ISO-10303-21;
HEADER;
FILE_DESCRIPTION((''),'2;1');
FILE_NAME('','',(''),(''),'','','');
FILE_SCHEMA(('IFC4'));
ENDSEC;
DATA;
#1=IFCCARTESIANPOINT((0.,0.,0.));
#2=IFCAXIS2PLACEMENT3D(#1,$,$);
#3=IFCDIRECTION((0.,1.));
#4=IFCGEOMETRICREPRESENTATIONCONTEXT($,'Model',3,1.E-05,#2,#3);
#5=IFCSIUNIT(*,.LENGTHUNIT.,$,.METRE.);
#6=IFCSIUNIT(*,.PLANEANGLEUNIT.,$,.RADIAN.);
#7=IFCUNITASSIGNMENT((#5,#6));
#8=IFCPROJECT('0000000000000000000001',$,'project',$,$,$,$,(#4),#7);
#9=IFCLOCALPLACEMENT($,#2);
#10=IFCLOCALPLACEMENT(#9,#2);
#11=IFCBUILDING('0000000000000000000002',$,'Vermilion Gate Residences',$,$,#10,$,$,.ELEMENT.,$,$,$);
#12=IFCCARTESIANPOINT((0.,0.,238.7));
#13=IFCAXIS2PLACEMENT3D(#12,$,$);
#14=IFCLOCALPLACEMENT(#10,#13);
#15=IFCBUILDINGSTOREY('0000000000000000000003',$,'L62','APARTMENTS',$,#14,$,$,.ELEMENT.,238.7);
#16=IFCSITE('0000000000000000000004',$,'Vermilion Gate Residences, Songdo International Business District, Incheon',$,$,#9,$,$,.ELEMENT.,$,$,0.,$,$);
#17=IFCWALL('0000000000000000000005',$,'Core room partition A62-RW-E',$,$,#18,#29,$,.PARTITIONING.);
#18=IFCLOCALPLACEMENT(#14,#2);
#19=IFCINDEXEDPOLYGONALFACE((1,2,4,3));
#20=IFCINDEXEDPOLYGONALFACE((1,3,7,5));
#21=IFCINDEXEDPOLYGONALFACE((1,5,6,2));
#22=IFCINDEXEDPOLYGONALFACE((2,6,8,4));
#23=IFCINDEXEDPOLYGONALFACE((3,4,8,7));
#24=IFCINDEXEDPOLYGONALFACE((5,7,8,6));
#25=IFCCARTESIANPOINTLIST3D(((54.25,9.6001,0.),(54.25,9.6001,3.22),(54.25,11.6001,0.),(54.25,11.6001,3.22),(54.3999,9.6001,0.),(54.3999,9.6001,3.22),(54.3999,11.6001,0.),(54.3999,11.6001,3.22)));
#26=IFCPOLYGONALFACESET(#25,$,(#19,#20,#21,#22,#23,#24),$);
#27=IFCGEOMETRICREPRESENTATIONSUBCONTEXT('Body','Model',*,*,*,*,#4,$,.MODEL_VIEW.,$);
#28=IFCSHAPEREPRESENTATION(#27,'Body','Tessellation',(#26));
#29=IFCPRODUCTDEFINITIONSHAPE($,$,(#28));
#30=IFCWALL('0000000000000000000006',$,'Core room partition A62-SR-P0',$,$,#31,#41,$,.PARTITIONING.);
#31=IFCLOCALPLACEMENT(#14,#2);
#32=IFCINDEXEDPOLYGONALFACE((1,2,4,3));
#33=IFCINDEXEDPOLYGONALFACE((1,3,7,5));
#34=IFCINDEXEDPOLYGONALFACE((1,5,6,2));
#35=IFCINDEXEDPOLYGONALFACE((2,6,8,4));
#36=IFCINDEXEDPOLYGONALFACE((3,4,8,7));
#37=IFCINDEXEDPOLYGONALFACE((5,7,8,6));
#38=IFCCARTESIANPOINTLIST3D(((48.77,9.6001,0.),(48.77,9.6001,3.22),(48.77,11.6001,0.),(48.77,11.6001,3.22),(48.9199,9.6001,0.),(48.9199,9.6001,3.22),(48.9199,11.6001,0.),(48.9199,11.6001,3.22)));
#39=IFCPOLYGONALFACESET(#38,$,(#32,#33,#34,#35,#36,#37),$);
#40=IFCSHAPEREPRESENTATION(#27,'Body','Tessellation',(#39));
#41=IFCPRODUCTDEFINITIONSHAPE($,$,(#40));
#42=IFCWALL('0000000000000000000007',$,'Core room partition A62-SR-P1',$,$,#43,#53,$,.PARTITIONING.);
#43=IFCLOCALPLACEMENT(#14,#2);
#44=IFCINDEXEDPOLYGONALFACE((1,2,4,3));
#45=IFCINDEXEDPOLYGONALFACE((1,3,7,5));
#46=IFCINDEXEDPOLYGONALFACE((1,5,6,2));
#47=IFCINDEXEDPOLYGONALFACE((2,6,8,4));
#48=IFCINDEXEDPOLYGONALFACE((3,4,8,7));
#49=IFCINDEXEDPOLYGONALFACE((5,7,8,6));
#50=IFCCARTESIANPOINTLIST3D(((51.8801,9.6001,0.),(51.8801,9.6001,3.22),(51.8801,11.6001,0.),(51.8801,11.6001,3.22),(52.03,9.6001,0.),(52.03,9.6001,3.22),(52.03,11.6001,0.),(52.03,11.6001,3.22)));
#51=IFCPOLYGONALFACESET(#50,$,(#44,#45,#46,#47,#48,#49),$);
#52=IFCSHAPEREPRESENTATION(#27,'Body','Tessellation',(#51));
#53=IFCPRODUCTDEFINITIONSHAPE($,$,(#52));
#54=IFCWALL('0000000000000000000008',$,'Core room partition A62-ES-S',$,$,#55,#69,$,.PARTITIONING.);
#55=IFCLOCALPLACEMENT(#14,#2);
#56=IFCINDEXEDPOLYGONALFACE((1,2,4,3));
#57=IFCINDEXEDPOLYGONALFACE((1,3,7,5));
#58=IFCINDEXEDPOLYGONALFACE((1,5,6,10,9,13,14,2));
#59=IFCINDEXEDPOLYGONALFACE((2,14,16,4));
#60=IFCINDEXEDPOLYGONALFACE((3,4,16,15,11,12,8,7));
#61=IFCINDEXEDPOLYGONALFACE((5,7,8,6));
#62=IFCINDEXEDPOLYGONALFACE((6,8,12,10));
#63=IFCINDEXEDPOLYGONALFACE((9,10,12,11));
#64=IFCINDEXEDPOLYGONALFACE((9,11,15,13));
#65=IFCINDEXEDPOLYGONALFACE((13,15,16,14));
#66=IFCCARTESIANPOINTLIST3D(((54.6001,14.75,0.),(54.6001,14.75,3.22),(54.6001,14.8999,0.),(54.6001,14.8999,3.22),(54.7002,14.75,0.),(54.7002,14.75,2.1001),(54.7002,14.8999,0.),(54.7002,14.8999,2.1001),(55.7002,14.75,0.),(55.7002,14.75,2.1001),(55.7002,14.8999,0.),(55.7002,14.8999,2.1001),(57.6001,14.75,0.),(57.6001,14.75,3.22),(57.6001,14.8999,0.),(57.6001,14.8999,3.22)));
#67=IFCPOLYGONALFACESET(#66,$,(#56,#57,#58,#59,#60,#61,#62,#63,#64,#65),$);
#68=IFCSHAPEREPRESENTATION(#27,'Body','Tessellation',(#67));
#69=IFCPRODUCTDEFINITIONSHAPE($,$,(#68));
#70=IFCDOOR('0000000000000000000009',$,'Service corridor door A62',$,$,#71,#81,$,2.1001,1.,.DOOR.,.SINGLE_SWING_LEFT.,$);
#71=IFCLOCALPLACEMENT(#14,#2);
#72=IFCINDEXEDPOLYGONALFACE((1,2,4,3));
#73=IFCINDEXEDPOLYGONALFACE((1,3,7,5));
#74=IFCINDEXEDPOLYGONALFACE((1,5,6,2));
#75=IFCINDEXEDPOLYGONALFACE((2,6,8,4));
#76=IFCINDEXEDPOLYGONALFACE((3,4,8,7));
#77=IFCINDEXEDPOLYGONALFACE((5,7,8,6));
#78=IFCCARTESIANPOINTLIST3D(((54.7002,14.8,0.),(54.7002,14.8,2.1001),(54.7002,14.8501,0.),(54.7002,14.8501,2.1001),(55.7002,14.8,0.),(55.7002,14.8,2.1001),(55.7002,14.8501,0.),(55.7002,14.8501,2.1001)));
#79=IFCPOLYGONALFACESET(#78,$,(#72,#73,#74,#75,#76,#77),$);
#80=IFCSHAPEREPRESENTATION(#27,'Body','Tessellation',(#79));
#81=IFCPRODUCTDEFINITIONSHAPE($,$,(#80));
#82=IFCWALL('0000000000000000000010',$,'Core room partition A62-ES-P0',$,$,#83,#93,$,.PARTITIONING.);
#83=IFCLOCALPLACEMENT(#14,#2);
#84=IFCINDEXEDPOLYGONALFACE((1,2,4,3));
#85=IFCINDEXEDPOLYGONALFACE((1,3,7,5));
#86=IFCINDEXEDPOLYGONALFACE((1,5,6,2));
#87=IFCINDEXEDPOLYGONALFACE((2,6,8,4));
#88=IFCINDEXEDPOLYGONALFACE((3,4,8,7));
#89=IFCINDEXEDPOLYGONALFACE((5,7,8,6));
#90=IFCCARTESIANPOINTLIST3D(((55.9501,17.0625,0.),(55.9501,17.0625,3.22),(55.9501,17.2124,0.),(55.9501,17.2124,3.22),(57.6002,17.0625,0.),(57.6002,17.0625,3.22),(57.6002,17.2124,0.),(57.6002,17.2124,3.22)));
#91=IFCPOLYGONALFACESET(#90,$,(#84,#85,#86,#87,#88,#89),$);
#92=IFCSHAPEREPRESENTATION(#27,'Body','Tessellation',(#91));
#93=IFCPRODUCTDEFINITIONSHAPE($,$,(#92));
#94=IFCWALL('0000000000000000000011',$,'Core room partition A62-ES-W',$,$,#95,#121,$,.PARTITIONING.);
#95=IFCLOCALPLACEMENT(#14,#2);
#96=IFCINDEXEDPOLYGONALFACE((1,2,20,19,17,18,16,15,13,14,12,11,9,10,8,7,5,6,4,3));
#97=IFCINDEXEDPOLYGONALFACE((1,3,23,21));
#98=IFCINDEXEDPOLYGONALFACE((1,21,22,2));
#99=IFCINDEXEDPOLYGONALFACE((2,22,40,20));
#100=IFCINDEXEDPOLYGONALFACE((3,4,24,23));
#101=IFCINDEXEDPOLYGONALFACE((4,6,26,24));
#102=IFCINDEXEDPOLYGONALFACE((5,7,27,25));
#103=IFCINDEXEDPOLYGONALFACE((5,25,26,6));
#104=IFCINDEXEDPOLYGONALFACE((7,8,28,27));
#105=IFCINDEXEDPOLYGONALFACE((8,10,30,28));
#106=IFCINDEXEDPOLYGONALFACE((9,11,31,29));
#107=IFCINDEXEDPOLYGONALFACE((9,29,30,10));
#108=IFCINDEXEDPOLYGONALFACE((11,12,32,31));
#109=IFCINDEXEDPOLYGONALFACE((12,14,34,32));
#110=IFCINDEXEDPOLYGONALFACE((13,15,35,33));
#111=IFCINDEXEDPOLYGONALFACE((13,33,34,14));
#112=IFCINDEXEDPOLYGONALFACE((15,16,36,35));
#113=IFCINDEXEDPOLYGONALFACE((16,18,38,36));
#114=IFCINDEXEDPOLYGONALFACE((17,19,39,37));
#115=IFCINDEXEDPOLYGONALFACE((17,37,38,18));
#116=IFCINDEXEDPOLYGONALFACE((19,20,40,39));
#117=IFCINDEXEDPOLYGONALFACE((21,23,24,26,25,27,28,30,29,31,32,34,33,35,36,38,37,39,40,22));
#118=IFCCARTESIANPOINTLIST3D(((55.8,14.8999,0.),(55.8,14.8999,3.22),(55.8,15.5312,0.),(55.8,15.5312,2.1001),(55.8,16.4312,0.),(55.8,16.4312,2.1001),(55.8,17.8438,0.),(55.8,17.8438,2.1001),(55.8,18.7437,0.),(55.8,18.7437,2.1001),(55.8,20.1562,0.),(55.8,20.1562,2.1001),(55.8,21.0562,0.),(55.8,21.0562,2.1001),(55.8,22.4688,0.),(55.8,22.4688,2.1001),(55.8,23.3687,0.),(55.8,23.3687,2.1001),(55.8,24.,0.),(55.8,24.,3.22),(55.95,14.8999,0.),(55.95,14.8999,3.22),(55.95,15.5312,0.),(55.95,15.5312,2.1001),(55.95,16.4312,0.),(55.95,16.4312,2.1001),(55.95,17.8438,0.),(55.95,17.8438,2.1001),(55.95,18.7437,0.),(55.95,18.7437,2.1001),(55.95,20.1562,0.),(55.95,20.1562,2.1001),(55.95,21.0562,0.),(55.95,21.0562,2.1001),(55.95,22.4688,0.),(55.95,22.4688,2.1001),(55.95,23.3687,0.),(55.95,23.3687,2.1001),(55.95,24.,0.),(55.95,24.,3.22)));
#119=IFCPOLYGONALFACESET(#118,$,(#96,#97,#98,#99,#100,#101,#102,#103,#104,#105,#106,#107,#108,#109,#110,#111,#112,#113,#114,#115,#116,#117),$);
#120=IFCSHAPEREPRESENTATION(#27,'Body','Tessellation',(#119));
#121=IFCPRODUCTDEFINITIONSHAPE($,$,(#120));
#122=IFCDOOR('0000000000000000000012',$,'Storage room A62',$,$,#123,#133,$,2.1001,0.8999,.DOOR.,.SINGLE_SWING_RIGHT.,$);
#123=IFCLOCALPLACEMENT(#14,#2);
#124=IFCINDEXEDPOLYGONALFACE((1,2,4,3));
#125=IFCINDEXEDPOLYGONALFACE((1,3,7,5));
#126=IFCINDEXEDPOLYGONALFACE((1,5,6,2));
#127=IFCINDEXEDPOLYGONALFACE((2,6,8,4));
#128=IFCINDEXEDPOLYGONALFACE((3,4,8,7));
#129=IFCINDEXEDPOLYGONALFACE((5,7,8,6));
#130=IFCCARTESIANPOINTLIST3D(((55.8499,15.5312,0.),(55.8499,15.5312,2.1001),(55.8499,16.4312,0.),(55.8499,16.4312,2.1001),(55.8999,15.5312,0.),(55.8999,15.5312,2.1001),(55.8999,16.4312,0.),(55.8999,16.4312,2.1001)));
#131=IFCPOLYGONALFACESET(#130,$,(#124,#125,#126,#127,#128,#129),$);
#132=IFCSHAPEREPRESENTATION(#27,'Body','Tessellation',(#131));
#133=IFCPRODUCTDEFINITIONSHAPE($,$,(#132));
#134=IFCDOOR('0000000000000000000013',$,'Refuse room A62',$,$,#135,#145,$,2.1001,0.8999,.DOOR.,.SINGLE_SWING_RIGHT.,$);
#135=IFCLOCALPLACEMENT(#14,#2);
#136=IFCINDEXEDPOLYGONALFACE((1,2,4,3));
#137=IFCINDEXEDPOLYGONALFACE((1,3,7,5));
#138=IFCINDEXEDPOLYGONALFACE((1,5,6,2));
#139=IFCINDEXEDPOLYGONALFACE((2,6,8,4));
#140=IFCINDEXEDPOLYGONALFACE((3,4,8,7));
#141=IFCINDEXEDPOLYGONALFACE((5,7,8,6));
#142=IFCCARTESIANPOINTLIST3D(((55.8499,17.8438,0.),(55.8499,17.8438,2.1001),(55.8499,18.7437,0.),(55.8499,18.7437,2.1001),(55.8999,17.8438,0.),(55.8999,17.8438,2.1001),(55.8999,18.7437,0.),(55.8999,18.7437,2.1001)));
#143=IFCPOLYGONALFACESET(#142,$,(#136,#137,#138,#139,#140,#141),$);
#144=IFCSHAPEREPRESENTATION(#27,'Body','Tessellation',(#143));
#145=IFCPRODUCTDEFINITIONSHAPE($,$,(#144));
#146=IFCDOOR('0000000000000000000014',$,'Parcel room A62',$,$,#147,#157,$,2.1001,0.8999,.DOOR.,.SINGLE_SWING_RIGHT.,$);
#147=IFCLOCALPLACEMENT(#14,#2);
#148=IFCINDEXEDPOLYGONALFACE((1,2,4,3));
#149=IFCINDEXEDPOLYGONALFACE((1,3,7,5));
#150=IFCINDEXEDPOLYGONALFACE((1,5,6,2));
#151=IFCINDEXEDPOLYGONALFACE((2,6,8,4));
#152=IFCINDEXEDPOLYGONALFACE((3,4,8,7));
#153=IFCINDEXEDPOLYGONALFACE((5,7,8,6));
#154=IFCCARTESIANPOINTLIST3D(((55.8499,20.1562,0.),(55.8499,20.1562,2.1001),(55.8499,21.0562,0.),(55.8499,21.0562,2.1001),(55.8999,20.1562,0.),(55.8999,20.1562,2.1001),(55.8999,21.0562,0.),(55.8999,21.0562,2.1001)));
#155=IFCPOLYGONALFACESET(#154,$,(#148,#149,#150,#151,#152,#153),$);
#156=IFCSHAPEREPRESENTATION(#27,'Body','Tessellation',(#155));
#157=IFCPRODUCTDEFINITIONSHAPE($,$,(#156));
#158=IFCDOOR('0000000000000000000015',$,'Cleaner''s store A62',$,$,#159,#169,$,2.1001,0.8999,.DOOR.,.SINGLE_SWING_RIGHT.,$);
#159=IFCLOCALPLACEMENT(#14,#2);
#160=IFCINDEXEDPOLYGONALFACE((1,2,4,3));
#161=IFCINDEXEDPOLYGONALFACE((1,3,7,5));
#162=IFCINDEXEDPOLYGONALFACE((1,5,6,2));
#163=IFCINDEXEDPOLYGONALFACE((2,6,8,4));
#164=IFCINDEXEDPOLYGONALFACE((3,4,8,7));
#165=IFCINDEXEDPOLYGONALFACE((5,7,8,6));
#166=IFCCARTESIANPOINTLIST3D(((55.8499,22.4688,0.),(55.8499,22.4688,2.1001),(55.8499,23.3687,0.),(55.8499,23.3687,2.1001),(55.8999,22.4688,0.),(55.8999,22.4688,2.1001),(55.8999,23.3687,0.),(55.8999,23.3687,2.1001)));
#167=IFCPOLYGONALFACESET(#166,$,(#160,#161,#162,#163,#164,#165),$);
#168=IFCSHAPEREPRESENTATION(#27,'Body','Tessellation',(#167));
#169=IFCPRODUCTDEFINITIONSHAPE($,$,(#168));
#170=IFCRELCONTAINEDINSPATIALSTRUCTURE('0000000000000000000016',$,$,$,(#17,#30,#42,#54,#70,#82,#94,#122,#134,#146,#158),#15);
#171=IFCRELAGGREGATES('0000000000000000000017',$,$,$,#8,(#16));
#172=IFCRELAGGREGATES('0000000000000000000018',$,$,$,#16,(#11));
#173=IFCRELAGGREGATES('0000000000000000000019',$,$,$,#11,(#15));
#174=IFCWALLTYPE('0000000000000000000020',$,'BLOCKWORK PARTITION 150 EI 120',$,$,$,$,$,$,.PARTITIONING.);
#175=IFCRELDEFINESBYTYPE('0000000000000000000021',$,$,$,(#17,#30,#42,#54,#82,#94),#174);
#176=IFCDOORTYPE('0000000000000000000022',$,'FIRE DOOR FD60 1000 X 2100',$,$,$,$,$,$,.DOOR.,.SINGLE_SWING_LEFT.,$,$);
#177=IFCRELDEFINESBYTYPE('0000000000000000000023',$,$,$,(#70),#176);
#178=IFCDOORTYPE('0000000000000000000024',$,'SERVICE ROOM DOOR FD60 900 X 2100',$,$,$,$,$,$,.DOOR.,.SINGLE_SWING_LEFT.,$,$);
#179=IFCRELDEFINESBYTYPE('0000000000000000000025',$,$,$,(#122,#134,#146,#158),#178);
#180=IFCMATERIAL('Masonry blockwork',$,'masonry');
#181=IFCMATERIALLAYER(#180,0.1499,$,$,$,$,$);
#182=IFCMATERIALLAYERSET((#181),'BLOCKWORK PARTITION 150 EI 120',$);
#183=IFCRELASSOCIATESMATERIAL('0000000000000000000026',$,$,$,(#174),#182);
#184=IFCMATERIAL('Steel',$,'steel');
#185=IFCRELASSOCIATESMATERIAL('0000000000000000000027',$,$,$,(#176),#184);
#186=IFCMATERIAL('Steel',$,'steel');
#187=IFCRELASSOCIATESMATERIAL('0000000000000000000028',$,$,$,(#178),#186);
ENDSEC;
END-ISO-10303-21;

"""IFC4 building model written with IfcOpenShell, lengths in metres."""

from ifc_helpers import new_model, si_unit, direction, frame, frame_2d, origin, place, context, subcontext, project, spatial, rectangle, extrude, material, layer, layer_set, type_object, element, fill, save


model = new_model("IFC4")

# Units and contexts
model_context = context("Model", 3, precision=1e-05, world=origin(), true_north=direction((0.0, 1.0)))
body_context = subcontext(model_context, "Body", "Model", "MODEL_VIEW")
ifc_project = project(units=[si_unit("LENGTHUNIT", "METRE"), si_unit("PLANEANGLEUNIT", "RADIAN")], contexts=[model_context])

# Site, building, storey
site_placement = place(None, origin())
site = spatial("IfcSite", under=ifc_project, at=site_placement, Name="Vermilion Gate Residences, Songdo International Business District, Incheon", CompositionType="ELEMENT", RefElevation=0.0)
building_placement = place(site_placement, origin())
building = spatial("IfcBuilding", under=site, at=building_placement, Name="Vermilion Gate Residences", CompositionType="ELEMENT")
storey_placement = place(building_placement, frame((0.0, 0.0, 238.7)))
storey = spatial("IfcBuildingStorey", under=building, at=storey_placement, Name="L62", Description="APARTMENTS", CompositionType="ELEMENT", Elevation=238.7)

# Walls
ifc_material_1 = material(Name="Masonry blockwork", Category="masonry")
ifc_layer_1 = layer(ifc_material_1, 0.1499)
ifc_layer_set_1 = layer_set([ifc_layer_1], Name="BLOCKWORK PARTITION 150 EI 120")
wall_type_1 = type_object("IfcWallType", Name="BLOCKWORK PARTITION 150 EI 120", PredefinedType="PARTITIONING", material=ifc_layer_set_1)
for number, where, z_axis, x_axis, name in (
    (1, (54.325, 9.6001, 0.0), (0.0, 0.0, 1.0), (0.0, 1.0, 0.0), "Core room partition A62-RW-E"),
    (2, (48.845, 9.6001, 0.0), (0.0, 0.0, 1.0), (0.0, 1.0, 0.0), "Core room partition A62-SR-P0"),
    (3, (51.9551, 9.6001, 0.0), (0.0, 0.0, 1.0), (0.0, 1.0, 0.0), "Core room partition A62-SR-P1"),
):
    element("IfcWall", number, at=place(storey_placement, frame(where, z_axis=z_axis, x_axis=x_axis)), inside=storey, type_object=wall_type_1, Name=name, PredefinedType="PARTITIONING", context=body_context, shape_type="SweptSolid", body=[
        extrude(rectangle(XDim=2.0, YDim=0.1499, at=frame_2d((1.0, 0.0))), origin(), (0.0, 0.0, 1.0), 3.22),
    ])

# Wall, opening, door
wall_1_placement = place(storey_placement, frame((54.6001, 14.825, 0.0), z_axis=(0.0, 0.0, 1.0), x_axis=(1.0, 0.0, 0.0)))
wall_1 = element("IfcWall", 4, at=wall_1_placement, inside=storey, type_object=wall_type_1, Name="Core room partition A62-ES-S", PredefinedType="PARTITIONING", context=body_context, shape_type="SweptSolid", body=[
    extrude(rectangle(XDim=3.0, YDim=0.1499, at=frame_2d((1.5, 0.0))), origin(), (0.0, 0.0, 1.0), 3.22),
])
opening_1_placement = place(wall_1_placement, frame((0.1001, 0.0, 0.0)))
opening_1 = element("IfcOpeningElement", 5, at=opening_1_placement, cuts=wall_1, PredefinedType="OPENING", context=body_context, shape_type="SweptSolid", body=[
    extrude(rectangle(XDim=1.0, YDim=2.1001, at=frame_2d((0.5, 1.05))), frame((0.0, 0.085, 0.0), z_axis=(0.0, -1.0, 0.0), x_axis=(1.0, 0.0, 0.0)), (0.0, 0.0, 1.0), 0.1699),
])
ifc_material_2 = material(Name="Steel", Category="steel")
door_type_1 = type_object("IfcDoorType", Name="FIRE DOOR FD60 1000 X 2100", OperationType="SINGLE_SWING_LEFT", PredefinedType="DOOR", material=ifc_material_2)
door_1_placement = place(opening_1_placement, frame((1.0, 0.0, 0.0), z_axis=(0.0, 0.0, 1.0), x_axis=(-1.0, 0.0, 0.0)))
door_1 = element("IfcDoor", 6, at=door_1_placement, inside=storey, type_object=door_type_1, Name="Service corridor door A62", OperationType="SINGLE_SWING_LEFT", OverallHeight=2.1001, OverallWidth=1.0, PredefinedType="DOOR", context=body_context, shape_type="SweptSolid", body=[
    extrude(rectangle(XDim=1.0, YDim=2.1001, at=frame_2d((0.5, 1.05))), frame((0.0, 0.0249, 0.0), z_axis=(0.0, -1.0, 0.0), x_axis=(1.0, 0.0, 0.0)), (0.0, 0.0, 1.0), 0.05),
])
fill(opening_1, door_1)

# Wall
wall_2_placement = place(storey_placement, frame((55.95, 17.1375, 0.0), z_axis=(0.0, 0.0, 1.0), x_axis=(1.0, 0.0, 0.0)))
element("IfcWall", 7, at=wall_2_placement, inside=storey, type_object=wall_type_1, Name="Core room partition A62-ES-P0", PredefinedType="PARTITIONING", context=body_context, shape_type="SweptSolid", body=[
    extrude(rectangle(XDim=1.6501, YDim=0.1499, at=frame_2d((0.8252, 0.0))), origin(), (0.0, 0.0, 1.0), 3.22),
])

# Wall, openings, doors
wall_3_placement = place(storey_placement, frame((55.875, 14.8999, 0.0), z_axis=(0.0, 0.0, 1.0), x_axis=(0.0, 1.0, 0.0)))
wall_3 = element("IfcWall", 8, at=wall_3_placement, inside=storey, type_object=wall_type_1, Name="Core room partition A62-ES-W", PredefinedType="PARTITIONING", context=body_context, shape_type="SweptSolid", body=[
    extrude(rectangle(XDim=9.1001, YDim=0.1499, at=frame_2d((4.55, 0.0))), origin(), (0.0, 0.0, 1.0), 3.22),
])
opening_2_placement = place(wall_3_placement, frame((0.6313, 0.0, 0.0)))
opening_2 = element("IfcOpeningElement", 9, at=opening_2_placement, cuts=wall_3, PredefinedType="OPENING", context=body_context, shape_type="SweptSolid", body=[
    extrude(rectangle(XDim=0.8999, YDim=2.1001, at=frame_2d((0.45, 1.05))), frame((0.0, 0.085, 0.0), z_axis=(0.0, -1.0, 0.0), x_axis=(1.0, 0.0, 0.0)), (0.0, 0.0, 1.0), 0.1699),
])
opening_3_placement = place(wall_3_placement, frame((2.9438, 0.0, 0.0)))
opening_3 = element("IfcOpeningElement", 10, at=opening_3_placement, cuts=wall_3, PredefinedType="OPENING", context=body_context, shape_type="SweptSolid", body=[
    extrude(rectangle(XDim=0.8999, YDim=2.1001, at=frame_2d((0.45, 1.05))), frame((0.0, 0.085, 0.0), z_axis=(0.0, -1.0, 0.0), x_axis=(1.0, 0.0, 0.0)), (0.0, 0.0, 1.0), 0.1699),
])
opening_4_placement = place(wall_3_placement, frame((5.2563, 0.0, 0.0)))
opening_4 = element("IfcOpeningElement", 11, at=opening_4_placement, cuts=wall_3, PredefinedType="OPENING", context=body_context, shape_type="SweptSolid", body=[
    extrude(rectangle(XDim=0.8999, YDim=2.1001, at=frame_2d((0.45, 1.05))), frame((0.0, 0.085, 0.0), z_axis=(0.0, -1.0, 0.0), x_axis=(1.0, 0.0, 0.0)), (0.0, 0.0, 1.0), 0.1699),
])
opening_5_placement = place(wall_3_placement, frame((7.5688, 0.0, 0.0)))
opening_5 = element("IfcOpeningElement", 12, at=opening_5_placement, cuts=wall_3, PredefinedType="OPENING", context=body_context, shape_type="SweptSolid", body=[
    extrude(rectangle(XDim=0.8999, YDim=2.1001, at=frame_2d((0.45, 1.05))), frame((0.0, 0.085, 0.0), z_axis=(0.0, -1.0, 0.0), x_axis=(1.0, 0.0, 0.0)), (0.0, 0.0, 1.0), 0.1699),
])
ifc_material_3 = material(Name="Steel", Category="steel")
door_type_2 = type_object("IfcDoorType", Name="SERVICE ROOM DOOR FD60 900 X 2100", OperationType="SINGLE_SWING_LEFT", PredefinedType="DOOR", material=ifc_material_3)
door_2_placement = place(opening_2_placement, frame((0.8999, 0.0, 0.0), z_axis=(0.0, 0.0, 1.0), x_axis=(-1.0, 0.0, 0.0)))
door_2 = element("IfcDoor", 13, at=door_2_placement, inside=storey, type_object=door_type_2, Name="Storage room A62", OperationType="SINGLE_SWING_RIGHT", OverallHeight=2.1001, OverallWidth=0.8999, PredefinedType="DOOR", context=body_context, shape_type="SweptSolid", body=[
    extrude(rectangle(XDim=0.8999, YDim=2.1001, at=frame_2d((0.45, 1.05))), frame((0.0, 0.0249, 0.0), z_axis=(0.0, -1.0, 0.0), x_axis=(1.0, 0.0, 0.0)), (0.0, 0.0, 1.0), 0.05),
])
fill(opening_2, door_2)
door_3_placement = place(opening_3_placement, frame((0.8999, 0.0, 0.0), z_axis=(0.0, 0.0, 1.0), x_axis=(-1.0, 0.0, 0.0)))
door_3 = element("IfcDoor", 14, at=door_3_placement, inside=storey, type_object=door_type_2, Name="Refuse room A62", OperationType="SINGLE_SWING_RIGHT", OverallHeight=2.1001, OverallWidth=0.8999, PredefinedType="DOOR", context=body_context, shape_type="SweptSolid", body=[
    extrude(rectangle(XDim=0.8999, YDim=2.1001, at=frame_2d((0.45, 1.05))), frame((0.0, 0.0249, 0.0), z_axis=(0.0, -1.0, 0.0), x_axis=(1.0, 0.0, 0.0)), (0.0, 0.0, 1.0), 0.05),
])
fill(opening_3, door_3)
door_4_placement = place(opening_4_placement, frame((0.8999, 0.0, 0.0), z_axis=(0.0, 0.0, 1.0), x_axis=(-1.0, 0.0, 0.0)))
door_4 = element("IfcDoor", 15, at=door_4_placement, inside=storey, type_object=door_type_2, Name="Parcel room A62", OperationType="SINGLE_SWING_RIGHT", OverallHeight=2.1001, OverallWidth=0.8999, PredefinedType="DOOR", context=body_context, shape_type="SweptSolid", body=[
    extrude(rectangle(XDim=0.8999, YDim=2.1001, at=frame_2d((0.45, 1.05))), frame((0.0, 0.0249, 0.0), z_axis=(0.0, -1.0, 0.0), x_axis=(1.0, 0.0, 0.0)), (0.0, 0.0, 1.0), 0.05),
])
fill(opening_4, door_4)
door_5_placement = place(opening_5_placement, frame((0.8999, 0.0, 0.0), z_axis=(0.0, 0.0, 1.0), x_axis=(-1.0, 0.0, 0.0)))
door_5 = element("IfcDoor", 16, at=door_5_placement, inside=storey, type_object=door_type_2, Name="Cleaner's store A62", OperationType="SINGLE_SWING_RIGHT", OverallHeight=2.1001, OverallWidth=0.8999, PredefinedType="DOOR", context=body_context, shape_type="SweptSolid", body=[
    extrude(rectangle(XDim=0.8999, YDim=2.1001, at=frame_2d((0.45, 1.05))), frame((0.0, 0.0249, 0.0), z_axis=(0.0, -1.0, 0.0), x_axis=(1.0, 0.0, 0.0)), (0.0, 0.0, 1.0), 0.05),
])
fill(opening_5, door_5)

save(model, "model.ifc")
